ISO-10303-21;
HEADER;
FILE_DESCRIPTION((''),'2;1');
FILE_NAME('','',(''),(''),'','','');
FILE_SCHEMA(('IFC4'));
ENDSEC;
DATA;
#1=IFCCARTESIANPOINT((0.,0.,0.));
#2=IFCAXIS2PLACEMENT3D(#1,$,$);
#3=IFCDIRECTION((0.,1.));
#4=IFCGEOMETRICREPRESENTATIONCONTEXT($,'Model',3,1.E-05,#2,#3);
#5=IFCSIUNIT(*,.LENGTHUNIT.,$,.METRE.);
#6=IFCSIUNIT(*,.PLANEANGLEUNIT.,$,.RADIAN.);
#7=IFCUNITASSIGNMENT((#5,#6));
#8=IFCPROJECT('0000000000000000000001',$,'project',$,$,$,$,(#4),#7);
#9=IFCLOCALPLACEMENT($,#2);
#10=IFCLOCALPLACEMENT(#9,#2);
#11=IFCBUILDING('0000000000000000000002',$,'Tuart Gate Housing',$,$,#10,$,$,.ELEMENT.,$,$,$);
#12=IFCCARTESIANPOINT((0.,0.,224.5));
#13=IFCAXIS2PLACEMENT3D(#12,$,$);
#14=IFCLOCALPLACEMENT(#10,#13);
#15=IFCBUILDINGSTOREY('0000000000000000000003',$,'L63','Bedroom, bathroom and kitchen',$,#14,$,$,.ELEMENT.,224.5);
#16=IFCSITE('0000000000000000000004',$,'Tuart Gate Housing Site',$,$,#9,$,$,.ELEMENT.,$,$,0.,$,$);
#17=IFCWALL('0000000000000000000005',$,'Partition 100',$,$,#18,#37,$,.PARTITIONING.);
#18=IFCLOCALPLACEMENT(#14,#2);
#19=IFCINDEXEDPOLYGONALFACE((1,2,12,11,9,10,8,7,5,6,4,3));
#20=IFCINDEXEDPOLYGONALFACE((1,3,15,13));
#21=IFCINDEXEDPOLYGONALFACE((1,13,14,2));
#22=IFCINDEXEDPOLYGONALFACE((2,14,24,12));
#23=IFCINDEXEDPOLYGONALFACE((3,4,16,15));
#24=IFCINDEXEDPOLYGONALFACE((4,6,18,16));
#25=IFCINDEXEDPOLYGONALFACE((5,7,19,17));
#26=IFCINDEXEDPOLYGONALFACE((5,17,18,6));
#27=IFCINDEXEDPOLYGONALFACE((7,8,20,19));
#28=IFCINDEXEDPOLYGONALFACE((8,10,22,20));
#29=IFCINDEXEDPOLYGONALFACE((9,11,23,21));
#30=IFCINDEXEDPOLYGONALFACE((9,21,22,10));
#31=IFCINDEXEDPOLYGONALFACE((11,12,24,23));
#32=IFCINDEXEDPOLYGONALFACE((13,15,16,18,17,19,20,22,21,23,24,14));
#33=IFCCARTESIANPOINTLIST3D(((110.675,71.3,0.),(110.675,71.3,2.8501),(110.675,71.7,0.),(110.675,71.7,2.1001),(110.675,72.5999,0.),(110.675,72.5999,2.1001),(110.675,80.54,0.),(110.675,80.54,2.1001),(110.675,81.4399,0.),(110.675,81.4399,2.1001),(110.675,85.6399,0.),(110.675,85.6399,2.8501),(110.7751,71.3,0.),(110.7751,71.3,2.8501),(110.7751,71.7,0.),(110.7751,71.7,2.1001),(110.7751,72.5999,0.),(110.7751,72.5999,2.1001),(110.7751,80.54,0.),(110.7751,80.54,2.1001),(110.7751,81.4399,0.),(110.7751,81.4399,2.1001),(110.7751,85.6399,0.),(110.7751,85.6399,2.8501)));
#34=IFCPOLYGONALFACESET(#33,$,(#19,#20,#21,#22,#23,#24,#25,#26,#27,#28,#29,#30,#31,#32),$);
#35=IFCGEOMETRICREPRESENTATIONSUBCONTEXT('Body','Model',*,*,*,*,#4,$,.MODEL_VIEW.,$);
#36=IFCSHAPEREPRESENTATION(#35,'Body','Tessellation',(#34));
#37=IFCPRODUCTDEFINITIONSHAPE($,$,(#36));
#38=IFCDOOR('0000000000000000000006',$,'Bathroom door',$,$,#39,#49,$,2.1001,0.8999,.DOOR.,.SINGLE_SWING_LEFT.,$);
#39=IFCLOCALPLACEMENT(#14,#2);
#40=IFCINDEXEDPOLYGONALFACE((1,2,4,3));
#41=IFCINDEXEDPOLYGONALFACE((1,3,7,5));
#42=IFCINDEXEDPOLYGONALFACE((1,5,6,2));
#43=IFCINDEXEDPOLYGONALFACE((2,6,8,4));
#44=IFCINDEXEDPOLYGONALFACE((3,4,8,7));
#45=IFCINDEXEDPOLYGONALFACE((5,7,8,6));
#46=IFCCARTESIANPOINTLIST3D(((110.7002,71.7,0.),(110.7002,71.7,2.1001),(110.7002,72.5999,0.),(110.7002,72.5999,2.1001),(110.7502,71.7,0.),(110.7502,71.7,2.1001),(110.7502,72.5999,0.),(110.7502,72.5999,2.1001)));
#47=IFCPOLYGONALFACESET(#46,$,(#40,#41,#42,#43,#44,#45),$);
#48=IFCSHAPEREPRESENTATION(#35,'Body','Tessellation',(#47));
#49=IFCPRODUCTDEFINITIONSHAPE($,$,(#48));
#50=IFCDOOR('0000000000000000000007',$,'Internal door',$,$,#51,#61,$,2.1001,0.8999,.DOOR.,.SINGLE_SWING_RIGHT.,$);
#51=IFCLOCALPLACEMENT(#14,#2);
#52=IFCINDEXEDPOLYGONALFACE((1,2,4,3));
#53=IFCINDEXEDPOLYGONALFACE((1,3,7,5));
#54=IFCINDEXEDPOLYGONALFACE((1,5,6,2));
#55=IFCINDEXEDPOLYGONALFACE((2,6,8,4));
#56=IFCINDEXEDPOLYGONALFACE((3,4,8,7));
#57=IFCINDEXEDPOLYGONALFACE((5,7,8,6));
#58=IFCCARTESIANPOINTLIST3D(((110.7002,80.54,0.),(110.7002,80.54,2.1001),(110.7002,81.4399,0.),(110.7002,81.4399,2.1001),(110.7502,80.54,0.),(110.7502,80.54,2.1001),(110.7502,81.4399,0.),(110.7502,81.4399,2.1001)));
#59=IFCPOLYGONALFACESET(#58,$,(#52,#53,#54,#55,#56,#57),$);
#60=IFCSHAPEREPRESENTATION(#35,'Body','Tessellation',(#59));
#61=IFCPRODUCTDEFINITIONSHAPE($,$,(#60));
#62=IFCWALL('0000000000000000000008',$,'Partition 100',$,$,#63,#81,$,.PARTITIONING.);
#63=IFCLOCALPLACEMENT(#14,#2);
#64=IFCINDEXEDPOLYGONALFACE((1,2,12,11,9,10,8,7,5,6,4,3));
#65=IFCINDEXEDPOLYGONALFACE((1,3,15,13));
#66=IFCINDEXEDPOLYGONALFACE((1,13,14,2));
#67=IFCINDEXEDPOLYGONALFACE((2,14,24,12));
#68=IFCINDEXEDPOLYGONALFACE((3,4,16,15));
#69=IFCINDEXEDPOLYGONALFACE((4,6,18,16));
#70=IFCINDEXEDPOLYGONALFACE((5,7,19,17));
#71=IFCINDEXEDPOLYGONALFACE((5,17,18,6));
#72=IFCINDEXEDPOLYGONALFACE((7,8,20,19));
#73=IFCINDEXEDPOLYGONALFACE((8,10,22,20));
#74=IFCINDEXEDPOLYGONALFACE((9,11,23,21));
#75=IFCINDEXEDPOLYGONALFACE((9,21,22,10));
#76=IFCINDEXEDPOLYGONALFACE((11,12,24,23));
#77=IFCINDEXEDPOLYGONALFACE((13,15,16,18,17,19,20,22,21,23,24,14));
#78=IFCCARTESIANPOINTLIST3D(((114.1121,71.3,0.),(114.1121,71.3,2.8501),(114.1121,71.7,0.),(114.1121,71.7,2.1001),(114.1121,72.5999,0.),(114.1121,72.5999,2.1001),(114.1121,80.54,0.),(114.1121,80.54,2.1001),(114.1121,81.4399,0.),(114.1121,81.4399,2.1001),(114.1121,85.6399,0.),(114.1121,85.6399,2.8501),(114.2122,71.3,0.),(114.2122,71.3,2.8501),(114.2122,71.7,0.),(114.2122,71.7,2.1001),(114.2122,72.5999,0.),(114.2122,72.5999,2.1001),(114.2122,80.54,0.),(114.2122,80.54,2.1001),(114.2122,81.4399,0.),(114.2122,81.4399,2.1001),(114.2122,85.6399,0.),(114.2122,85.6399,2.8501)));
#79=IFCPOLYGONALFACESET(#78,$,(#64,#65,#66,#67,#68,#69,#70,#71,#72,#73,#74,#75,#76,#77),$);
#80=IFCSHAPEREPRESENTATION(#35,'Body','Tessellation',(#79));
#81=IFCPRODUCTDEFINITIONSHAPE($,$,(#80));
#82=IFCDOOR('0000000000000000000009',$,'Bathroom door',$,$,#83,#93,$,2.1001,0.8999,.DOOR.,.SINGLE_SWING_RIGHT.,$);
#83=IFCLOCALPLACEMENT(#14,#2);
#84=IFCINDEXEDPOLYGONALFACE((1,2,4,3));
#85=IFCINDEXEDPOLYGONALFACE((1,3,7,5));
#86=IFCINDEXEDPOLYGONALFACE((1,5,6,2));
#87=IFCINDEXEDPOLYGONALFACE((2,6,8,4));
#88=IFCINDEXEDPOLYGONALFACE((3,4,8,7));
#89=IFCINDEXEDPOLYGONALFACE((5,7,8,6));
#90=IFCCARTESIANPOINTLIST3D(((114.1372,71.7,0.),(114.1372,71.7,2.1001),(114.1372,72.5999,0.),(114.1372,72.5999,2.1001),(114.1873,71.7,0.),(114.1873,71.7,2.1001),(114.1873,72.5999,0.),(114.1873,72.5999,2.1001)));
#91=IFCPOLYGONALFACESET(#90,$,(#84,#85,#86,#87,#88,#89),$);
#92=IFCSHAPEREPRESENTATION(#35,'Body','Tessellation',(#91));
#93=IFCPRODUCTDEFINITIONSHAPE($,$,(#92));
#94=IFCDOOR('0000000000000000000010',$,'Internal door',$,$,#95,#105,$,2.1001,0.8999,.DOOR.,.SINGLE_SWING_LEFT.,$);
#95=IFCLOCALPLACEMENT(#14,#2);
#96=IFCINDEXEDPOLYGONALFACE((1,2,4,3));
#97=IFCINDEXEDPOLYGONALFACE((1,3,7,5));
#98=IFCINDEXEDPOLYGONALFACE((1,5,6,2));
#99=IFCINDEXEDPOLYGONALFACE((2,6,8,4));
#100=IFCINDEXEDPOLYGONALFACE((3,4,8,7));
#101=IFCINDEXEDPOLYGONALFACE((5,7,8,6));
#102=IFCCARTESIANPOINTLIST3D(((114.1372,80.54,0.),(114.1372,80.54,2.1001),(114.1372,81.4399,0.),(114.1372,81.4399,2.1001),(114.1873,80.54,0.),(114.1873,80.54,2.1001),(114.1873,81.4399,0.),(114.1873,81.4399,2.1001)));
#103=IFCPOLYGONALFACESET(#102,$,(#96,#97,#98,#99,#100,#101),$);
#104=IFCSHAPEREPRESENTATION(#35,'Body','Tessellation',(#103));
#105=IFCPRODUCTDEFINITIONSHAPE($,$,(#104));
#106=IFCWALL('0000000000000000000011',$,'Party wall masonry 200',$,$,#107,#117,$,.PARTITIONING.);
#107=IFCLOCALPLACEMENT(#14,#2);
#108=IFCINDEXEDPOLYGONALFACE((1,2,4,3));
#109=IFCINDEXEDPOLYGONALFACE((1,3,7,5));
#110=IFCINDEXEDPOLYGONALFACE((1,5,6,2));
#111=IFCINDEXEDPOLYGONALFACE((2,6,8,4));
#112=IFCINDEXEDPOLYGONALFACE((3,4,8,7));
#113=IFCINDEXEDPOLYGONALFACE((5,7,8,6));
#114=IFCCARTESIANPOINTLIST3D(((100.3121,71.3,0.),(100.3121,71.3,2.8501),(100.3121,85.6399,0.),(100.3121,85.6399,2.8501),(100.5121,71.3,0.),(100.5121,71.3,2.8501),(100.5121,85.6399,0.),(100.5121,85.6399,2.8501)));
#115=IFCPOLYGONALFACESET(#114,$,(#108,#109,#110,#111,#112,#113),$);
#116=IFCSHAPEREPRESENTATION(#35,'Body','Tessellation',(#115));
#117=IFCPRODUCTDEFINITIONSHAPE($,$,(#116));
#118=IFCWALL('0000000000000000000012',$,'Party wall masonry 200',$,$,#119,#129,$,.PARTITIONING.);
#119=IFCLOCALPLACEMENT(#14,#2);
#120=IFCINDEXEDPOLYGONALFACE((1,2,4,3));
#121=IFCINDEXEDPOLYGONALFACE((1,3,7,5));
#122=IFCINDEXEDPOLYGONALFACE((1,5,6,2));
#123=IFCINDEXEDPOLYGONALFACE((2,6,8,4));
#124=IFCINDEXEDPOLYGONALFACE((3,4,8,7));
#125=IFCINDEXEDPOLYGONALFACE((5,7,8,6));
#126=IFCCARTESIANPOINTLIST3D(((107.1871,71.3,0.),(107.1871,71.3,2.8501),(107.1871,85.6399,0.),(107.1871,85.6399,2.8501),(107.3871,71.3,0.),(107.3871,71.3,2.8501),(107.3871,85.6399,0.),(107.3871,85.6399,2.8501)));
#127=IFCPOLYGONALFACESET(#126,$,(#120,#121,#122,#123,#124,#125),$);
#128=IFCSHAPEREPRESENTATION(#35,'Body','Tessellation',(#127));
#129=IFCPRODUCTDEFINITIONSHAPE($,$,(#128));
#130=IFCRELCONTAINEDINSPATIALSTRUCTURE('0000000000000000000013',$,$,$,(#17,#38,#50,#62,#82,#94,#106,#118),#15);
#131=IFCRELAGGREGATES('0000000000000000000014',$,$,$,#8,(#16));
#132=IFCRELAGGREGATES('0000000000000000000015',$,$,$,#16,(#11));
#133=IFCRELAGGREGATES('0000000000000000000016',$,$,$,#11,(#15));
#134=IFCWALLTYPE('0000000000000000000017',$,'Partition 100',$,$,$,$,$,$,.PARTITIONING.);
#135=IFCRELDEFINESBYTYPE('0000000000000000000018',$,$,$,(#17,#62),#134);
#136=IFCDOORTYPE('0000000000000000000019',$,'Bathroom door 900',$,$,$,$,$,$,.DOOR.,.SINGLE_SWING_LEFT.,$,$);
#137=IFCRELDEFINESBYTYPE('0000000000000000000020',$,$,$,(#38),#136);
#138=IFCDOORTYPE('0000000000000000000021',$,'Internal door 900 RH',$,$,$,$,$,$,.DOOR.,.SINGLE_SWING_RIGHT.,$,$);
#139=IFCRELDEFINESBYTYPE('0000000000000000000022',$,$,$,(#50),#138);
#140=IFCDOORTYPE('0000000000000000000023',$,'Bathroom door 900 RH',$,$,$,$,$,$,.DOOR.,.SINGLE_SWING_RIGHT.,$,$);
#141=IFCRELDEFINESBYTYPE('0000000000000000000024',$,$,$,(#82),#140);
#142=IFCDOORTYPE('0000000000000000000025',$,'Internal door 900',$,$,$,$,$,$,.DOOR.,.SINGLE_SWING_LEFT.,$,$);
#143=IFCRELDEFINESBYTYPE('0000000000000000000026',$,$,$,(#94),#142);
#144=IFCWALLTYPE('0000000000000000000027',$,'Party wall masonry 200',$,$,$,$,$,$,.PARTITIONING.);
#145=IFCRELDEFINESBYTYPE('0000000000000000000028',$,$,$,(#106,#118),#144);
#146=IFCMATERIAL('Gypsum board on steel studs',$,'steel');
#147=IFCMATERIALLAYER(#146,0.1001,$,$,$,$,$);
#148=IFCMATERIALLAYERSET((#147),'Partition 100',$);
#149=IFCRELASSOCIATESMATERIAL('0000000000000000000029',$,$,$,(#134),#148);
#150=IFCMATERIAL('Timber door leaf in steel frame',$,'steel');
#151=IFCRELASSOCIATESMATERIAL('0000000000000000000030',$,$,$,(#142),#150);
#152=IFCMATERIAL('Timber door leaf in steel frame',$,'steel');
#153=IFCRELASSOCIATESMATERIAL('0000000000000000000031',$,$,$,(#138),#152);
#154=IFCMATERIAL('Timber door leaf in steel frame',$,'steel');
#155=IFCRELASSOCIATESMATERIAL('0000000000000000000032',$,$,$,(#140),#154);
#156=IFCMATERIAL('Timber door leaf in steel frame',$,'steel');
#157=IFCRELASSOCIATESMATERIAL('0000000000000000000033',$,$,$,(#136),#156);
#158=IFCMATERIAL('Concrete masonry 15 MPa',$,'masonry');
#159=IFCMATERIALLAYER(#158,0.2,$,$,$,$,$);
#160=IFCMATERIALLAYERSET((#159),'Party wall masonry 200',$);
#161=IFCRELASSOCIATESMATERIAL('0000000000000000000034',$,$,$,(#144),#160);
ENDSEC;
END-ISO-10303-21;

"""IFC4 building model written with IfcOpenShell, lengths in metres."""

from ifc_helpers import new_model, si_unit, direction, frame, frame_2d, origin, place, context, subcontext, project, spatial, rectangle, extrude, material, layer, layer_set, type_object, element, fill, save


model = new_model("IFC4")

# Units and contexts
model_context = context("Model", 3, precision=1e-05, world=origin(), true_north=direction((0.0, 1.0)))
body_context = subcontext(model_context, "Body", "Model", "MODEL_VIEW")
ifc_project = project(units=[si_unit("LENGTHUNIT", "METRE"), si_unit("PLANEANGLEUNIT", "RADIAN")], contexts=[model_context])

# Site, building, storey
site_placement = place(None, origin())
site = spatial("IfcSite", under=ifc_project, at=site_placement, Name="Tuart Gate Housing Site", CompositionType="ELEMENT", RefElevation=0.0)
building_placement = place(site_placement, origin())
building = spatial("IfcBuilding", under=site, at=building_placement, Name="Tuart Gate Housing", CompositionType="ELEMENT")
storey_placement = place(building_placement, frame((0.0, 0.0, 224.5)))
storey = spatial("IfcBuildingStorey", under=building, at=storey_placement, Name="L63", Description="Bedroom, bathroom and kitchen", CompositionType="ELEMENT", Elevation=224.5)

# Shared definitions
ifc_material_1 = material(Name="Gypsum board on steel studs", Category="steel")
ifc_layer_1 = layer(ifc_material_1, 0.1001)
ifc_layer_set_1 = layer_set([ifc_layer_1], Name="Partition 100")
wall_type_1 = type_object("IfcWallType", Name="Partition 100", PredefinedType="PARTITIONING", material=ifc_layer_set_1)

# Shared definitions
ifc_material_2 = material(Name="Timber door leaf in steel frame", Category="steel")
door_type_1 = type_object("IfcDoorType", Name="Internal door 900", OperationType="SINGLE_SWING_LEFT", PredefinedType="DOOR", material=ifc_material_2)
ifc_material_3 = material(Name="Timber door leaf in steel frame", Category="steel")
door_type_2 = type_object("IfcDoorType", Name="Internal door 900 RH", OperationType="SINGLE_SWING_RIGHT", PredefinedType="DOOR", material=ifc_material_3)

# Walls, openings, doors
ifc_material_4 = material(Name="Timber door leaf in steel frame", Category="steel")
door_type_3 = type_object("IfcDoorType", Name="Bathroom door 900 RH", OperationType="SINGLE_SWING_RIGHT", PredefinedType="DOOR", material=ifc_material_4)
wall_1_placement = place(storey_placement, frame((110.7251, 71.3, 0.0), z_axis=(0.0, 0.0, 1.0), x_axis=(0.0, 1.0, 0.0)))
wall_1 = element("IfcWall", 1, at=wall_1_placement, inside=storey, type_object=wall_type_1, Name="Partition 100", PredefinedType="PARTITIONING", context=body_context, shape_type="SweptSolid", body=[
    extrude(rectangle(XDim=14.3398, YDim=0.1001, at=frame_2d((7.1699, 0.0))), origin(), (0.0, 0.0, 1.0), 2.8501),
])
opening_1_placement = place(wall_1_placement, frame((9.24, 0.0, 0.0)))
opening_1 = element("IfcOpeningElement", 2, at=opening_1_placement, cuts=wall_1, PredefinedType="OPENING", context=body_context, shape_type="SweptSolid", body=[
    extrude(rectangle(XDim=0.8999, YDim=2.1001, at=frame_2d((0.45, 1.05))), frame((0.0, 0.0601, 0.0), z_axis=(0.0, -1.0, 0.0), x_axis=(1.0, 0.0, 0.0)), (0.0, 0.0, 1.0), 0.1201),
])
opening_2_placement = place(wall_1_placement, frame((0.3999, 0.0, 0.0)))
opening_2 = element("IfcOpeningElement", 3, at=opening_2_placement, cuts=wall_1, PredefinedType="OPENING", context=body_context, shape_type="SweptSolid", body=[
    extrude(rectangle(XDim=0.8999, YDim=2.1001, at=frame_2d((0.45, 1.05))), frame((0.0, 0.0601, 0.0), z_axis=(0.0, -1.0, 0.0), x_axis=(1.0, 0.0, 0.0)), (0.0, 0.0, 1.0), 0.1201),
])
ifc_material_5 = material(Name="Timber door leaf in steel frame", Category="steel")
door_type_4 = type_object("IfcDoorType", Name="Bathroom door 900", OperationType="SINGLE_SWING_LEFT", PredefinedType="DOOR", material=ifc_material_5)
door_1_placement = place(opening_2_placement, origin())
door_1 = element("IfcDoor", 4, at=door_1_placement, inside=storey, type_object=door_type_4, Name="Bathroom door", OperationType="SINGLE_SWING_LEFT", OverallHeight=2.1001, OverallWidth=0.8999, PredefinedType="DOOR", context=body_context, shape_type="SweptSolid", body=[
    extrude(rectangle(XDim=0.8999, YDim=2.1001, at=frame_2d((0.45, 1.05))), frame((0.0, 0.0249, 0.0), z_axis=(0.0, -1.0, 0.0), x_axis=(1.0, 0.0, 0.0)), (0.0, 0.0, 1.0), 0.05),
])
fill(opening_2, door_1)
door_2_placement = place(opening_1_placement, origin())
door_2 = element("IfcDoor", 5, at=door_2_placement, inside=storey, type_object=door_type_2, Name="Internal door", OperationType="SINGLE_SWING_RIGHT", OverallHeight=2.1001, OverallWidth=0.8999, PredefinedType="DOOR", context=body_context, shape_type="SweptSolid", body=[
    extrude(rectangle(XDim=0.8999, YDim=2.1001, at=frame_2d((0.45, 1.05))), frame((0.0, 0.0249, 0.0), z_axis=(0.0, -1.0, 0.0), x_axis=(1.0, 0.0, 0.0)), (0.0, 0.0, 1.0), 0.05),
])
fill(opening_1, door_2)
wall_2_placement = place(storey_placement, frame((114.1621, 71.3, 0.0), z_axis=(0.0, 0.0, 1.0), x_axis=(0.0, 1.0, 0.0)))
wall_2 = element("IfcWall", 6, at=wall_2_placement, inside=storey, type_object=wall_type_1, Name="Partition 100", PredefinedType="PARTITIONING", context=body_context, shape_type="SweptSolid", body=[
    extrude(rectangle(XDim=14.3398, YDim=0.1001, at=frame_2d((7.1699, 0.0))), origin(), (0.0, 0.0, 1.0), 2.8501),
])
opening_3_placement = place(wall_2_placement, frame((9.24, 0.0, 0.0)))
opening_3 = element("IfcOpeningElement", 7, at=opening_3_placement, cuts=wall_2, PredefinedType="OPENING", context=body_context, shape_type="SweptSolid", body=[
    extrude(rectangle(XDim=0.8999, YDim=2.1001, at=frame_2d((0.45, 1.05))), frame((0.0, 0.0601, 0.0), z_axis=(0.0, -1.0, 0.0), x_axis=(1.0, 0.0, 0.0)), (0.0, 0.0, 1.0), 0.1201),
])
opening_4_placement = place(wall_2_placement, frame((0.3999, 0.0, 0.0)))
opening_4 = element("IfcOpeningElement", 8, at=opening_4_placement, cuts=wall_2, PredefinedType="OPENING", context=body_context, shape_type="SweptSolid", body=[
    extrude(rectangle(XDim=0.8999, YDim=2.1001, at=frame_2d((0.45, 1.05))), frame((0.0, 0.0601, 0.0), z_axis=(0.0, -1.0, 0.0), x_axis=(1.0, 0.0, 0.0)), (0.0, 0.0, 1.0), 0.1201),
])
door_3_placement = place(opening_4_placement, frame((0.8999, 0.0, 0.0), z_axis=(0.0, 0.0, 1.0), x_axis=(-1.0, 0.0, 0.0)))
door_3 = element("IfcDoor", 9, at=door_3_placement, inside=storey, type_object=door_type_3, Name="Bathroom door", OperationType="SINGLE_SWING_RIGHT", OverallHeight=2.1001, OverallWidth=0.8999, PredefinedType="DOOR", context=body_context, shape_type="SweptSolid", body=[
    extrude(rectangle(XDim=0.8999, YDim=2.1001, at=frame_2d((0.45, 1.05))), frame((0.0, 0.0251, 0.0), z_axis=(0.0, -1.0, 0.0), x_axis=(1.0, 0.0, 0.0)), (0.0, 0.0, 1.0), 0.05),
])
fill(opening_4, door_3)
door_4_placement = place(opening_3_placement, frame((0.8999, 0.0, 0.0), z_axis=(0.0, 0.0, 1.0), x_axis=(-1.0, 0.0, 0.0)))
door_4 = element("IfcDoor", 10, at=door_4_placement, inside=storey, type_object=door_type_1, Name="Internal door", OperationType="SINGLE_SWING_LEFT", OverallHeight=2.1001, OverallWidth=0.8999, PredefinedType="DOOR", context=body_context, shape_type="SweptSolid", body=[
    extrude(rectangle(XDim=0.8999, YDim=2.1001, at=frame_2d((0.45, 1.05))), frame((0.0, 0.0251, 0.0), z_axis=(0.0, -1.0, 0.0), x_axis=(1.0, 0.0, 0.0)), (0.0, 0.0, 1.0), 0.05),
])
fill(opening_3, door_4)

# Walls
ifc_material_6 = material(Name="Concrete masonry 15 MPa", Category="masonry")
ifc_layer_2 = layer(ifc_material_6, 0.2)
ifc_layer_set_2 = layer_set([ifc_layer_2], Name="Party wall masonry 200")
wall_type_2 = type_object("IfcWallType", Name="Party wall masonry 200", PredefinedType="PARTITIONING", material=ifc_layer_set_2)
for number, where, z_axis, x_axis, name in (
    (11, (100.4121, 71.3, 0.0), (0.0, 0.0, 1.0), (0.0, 1.0, 0.0), "Party wall masonry 200"),
    (12, (107.2871, 71.3, 0.0), (0.0, 0.0, 1.0), (0.0, 1.0, 0.0), "Party wall masonry 200"),
):
    element("IfcWall", number, at=place(storey_placement, frame(where, z_axis=z_axis, x_axis=x_axis)), inside=storey, type_object=wall_type_2, Name=name, PredefinedType="PARTITIONING", context=body_context, shape_type="SweptSolid", body=[
        extrude(rectangle(XDim=14.3398, YDim=0.2, at=frame_2d((7.1699, 0.0))), origin(), (0.0, 0.0, 1.0), 2.8501),
    ])

save(model, "model.ifc")
